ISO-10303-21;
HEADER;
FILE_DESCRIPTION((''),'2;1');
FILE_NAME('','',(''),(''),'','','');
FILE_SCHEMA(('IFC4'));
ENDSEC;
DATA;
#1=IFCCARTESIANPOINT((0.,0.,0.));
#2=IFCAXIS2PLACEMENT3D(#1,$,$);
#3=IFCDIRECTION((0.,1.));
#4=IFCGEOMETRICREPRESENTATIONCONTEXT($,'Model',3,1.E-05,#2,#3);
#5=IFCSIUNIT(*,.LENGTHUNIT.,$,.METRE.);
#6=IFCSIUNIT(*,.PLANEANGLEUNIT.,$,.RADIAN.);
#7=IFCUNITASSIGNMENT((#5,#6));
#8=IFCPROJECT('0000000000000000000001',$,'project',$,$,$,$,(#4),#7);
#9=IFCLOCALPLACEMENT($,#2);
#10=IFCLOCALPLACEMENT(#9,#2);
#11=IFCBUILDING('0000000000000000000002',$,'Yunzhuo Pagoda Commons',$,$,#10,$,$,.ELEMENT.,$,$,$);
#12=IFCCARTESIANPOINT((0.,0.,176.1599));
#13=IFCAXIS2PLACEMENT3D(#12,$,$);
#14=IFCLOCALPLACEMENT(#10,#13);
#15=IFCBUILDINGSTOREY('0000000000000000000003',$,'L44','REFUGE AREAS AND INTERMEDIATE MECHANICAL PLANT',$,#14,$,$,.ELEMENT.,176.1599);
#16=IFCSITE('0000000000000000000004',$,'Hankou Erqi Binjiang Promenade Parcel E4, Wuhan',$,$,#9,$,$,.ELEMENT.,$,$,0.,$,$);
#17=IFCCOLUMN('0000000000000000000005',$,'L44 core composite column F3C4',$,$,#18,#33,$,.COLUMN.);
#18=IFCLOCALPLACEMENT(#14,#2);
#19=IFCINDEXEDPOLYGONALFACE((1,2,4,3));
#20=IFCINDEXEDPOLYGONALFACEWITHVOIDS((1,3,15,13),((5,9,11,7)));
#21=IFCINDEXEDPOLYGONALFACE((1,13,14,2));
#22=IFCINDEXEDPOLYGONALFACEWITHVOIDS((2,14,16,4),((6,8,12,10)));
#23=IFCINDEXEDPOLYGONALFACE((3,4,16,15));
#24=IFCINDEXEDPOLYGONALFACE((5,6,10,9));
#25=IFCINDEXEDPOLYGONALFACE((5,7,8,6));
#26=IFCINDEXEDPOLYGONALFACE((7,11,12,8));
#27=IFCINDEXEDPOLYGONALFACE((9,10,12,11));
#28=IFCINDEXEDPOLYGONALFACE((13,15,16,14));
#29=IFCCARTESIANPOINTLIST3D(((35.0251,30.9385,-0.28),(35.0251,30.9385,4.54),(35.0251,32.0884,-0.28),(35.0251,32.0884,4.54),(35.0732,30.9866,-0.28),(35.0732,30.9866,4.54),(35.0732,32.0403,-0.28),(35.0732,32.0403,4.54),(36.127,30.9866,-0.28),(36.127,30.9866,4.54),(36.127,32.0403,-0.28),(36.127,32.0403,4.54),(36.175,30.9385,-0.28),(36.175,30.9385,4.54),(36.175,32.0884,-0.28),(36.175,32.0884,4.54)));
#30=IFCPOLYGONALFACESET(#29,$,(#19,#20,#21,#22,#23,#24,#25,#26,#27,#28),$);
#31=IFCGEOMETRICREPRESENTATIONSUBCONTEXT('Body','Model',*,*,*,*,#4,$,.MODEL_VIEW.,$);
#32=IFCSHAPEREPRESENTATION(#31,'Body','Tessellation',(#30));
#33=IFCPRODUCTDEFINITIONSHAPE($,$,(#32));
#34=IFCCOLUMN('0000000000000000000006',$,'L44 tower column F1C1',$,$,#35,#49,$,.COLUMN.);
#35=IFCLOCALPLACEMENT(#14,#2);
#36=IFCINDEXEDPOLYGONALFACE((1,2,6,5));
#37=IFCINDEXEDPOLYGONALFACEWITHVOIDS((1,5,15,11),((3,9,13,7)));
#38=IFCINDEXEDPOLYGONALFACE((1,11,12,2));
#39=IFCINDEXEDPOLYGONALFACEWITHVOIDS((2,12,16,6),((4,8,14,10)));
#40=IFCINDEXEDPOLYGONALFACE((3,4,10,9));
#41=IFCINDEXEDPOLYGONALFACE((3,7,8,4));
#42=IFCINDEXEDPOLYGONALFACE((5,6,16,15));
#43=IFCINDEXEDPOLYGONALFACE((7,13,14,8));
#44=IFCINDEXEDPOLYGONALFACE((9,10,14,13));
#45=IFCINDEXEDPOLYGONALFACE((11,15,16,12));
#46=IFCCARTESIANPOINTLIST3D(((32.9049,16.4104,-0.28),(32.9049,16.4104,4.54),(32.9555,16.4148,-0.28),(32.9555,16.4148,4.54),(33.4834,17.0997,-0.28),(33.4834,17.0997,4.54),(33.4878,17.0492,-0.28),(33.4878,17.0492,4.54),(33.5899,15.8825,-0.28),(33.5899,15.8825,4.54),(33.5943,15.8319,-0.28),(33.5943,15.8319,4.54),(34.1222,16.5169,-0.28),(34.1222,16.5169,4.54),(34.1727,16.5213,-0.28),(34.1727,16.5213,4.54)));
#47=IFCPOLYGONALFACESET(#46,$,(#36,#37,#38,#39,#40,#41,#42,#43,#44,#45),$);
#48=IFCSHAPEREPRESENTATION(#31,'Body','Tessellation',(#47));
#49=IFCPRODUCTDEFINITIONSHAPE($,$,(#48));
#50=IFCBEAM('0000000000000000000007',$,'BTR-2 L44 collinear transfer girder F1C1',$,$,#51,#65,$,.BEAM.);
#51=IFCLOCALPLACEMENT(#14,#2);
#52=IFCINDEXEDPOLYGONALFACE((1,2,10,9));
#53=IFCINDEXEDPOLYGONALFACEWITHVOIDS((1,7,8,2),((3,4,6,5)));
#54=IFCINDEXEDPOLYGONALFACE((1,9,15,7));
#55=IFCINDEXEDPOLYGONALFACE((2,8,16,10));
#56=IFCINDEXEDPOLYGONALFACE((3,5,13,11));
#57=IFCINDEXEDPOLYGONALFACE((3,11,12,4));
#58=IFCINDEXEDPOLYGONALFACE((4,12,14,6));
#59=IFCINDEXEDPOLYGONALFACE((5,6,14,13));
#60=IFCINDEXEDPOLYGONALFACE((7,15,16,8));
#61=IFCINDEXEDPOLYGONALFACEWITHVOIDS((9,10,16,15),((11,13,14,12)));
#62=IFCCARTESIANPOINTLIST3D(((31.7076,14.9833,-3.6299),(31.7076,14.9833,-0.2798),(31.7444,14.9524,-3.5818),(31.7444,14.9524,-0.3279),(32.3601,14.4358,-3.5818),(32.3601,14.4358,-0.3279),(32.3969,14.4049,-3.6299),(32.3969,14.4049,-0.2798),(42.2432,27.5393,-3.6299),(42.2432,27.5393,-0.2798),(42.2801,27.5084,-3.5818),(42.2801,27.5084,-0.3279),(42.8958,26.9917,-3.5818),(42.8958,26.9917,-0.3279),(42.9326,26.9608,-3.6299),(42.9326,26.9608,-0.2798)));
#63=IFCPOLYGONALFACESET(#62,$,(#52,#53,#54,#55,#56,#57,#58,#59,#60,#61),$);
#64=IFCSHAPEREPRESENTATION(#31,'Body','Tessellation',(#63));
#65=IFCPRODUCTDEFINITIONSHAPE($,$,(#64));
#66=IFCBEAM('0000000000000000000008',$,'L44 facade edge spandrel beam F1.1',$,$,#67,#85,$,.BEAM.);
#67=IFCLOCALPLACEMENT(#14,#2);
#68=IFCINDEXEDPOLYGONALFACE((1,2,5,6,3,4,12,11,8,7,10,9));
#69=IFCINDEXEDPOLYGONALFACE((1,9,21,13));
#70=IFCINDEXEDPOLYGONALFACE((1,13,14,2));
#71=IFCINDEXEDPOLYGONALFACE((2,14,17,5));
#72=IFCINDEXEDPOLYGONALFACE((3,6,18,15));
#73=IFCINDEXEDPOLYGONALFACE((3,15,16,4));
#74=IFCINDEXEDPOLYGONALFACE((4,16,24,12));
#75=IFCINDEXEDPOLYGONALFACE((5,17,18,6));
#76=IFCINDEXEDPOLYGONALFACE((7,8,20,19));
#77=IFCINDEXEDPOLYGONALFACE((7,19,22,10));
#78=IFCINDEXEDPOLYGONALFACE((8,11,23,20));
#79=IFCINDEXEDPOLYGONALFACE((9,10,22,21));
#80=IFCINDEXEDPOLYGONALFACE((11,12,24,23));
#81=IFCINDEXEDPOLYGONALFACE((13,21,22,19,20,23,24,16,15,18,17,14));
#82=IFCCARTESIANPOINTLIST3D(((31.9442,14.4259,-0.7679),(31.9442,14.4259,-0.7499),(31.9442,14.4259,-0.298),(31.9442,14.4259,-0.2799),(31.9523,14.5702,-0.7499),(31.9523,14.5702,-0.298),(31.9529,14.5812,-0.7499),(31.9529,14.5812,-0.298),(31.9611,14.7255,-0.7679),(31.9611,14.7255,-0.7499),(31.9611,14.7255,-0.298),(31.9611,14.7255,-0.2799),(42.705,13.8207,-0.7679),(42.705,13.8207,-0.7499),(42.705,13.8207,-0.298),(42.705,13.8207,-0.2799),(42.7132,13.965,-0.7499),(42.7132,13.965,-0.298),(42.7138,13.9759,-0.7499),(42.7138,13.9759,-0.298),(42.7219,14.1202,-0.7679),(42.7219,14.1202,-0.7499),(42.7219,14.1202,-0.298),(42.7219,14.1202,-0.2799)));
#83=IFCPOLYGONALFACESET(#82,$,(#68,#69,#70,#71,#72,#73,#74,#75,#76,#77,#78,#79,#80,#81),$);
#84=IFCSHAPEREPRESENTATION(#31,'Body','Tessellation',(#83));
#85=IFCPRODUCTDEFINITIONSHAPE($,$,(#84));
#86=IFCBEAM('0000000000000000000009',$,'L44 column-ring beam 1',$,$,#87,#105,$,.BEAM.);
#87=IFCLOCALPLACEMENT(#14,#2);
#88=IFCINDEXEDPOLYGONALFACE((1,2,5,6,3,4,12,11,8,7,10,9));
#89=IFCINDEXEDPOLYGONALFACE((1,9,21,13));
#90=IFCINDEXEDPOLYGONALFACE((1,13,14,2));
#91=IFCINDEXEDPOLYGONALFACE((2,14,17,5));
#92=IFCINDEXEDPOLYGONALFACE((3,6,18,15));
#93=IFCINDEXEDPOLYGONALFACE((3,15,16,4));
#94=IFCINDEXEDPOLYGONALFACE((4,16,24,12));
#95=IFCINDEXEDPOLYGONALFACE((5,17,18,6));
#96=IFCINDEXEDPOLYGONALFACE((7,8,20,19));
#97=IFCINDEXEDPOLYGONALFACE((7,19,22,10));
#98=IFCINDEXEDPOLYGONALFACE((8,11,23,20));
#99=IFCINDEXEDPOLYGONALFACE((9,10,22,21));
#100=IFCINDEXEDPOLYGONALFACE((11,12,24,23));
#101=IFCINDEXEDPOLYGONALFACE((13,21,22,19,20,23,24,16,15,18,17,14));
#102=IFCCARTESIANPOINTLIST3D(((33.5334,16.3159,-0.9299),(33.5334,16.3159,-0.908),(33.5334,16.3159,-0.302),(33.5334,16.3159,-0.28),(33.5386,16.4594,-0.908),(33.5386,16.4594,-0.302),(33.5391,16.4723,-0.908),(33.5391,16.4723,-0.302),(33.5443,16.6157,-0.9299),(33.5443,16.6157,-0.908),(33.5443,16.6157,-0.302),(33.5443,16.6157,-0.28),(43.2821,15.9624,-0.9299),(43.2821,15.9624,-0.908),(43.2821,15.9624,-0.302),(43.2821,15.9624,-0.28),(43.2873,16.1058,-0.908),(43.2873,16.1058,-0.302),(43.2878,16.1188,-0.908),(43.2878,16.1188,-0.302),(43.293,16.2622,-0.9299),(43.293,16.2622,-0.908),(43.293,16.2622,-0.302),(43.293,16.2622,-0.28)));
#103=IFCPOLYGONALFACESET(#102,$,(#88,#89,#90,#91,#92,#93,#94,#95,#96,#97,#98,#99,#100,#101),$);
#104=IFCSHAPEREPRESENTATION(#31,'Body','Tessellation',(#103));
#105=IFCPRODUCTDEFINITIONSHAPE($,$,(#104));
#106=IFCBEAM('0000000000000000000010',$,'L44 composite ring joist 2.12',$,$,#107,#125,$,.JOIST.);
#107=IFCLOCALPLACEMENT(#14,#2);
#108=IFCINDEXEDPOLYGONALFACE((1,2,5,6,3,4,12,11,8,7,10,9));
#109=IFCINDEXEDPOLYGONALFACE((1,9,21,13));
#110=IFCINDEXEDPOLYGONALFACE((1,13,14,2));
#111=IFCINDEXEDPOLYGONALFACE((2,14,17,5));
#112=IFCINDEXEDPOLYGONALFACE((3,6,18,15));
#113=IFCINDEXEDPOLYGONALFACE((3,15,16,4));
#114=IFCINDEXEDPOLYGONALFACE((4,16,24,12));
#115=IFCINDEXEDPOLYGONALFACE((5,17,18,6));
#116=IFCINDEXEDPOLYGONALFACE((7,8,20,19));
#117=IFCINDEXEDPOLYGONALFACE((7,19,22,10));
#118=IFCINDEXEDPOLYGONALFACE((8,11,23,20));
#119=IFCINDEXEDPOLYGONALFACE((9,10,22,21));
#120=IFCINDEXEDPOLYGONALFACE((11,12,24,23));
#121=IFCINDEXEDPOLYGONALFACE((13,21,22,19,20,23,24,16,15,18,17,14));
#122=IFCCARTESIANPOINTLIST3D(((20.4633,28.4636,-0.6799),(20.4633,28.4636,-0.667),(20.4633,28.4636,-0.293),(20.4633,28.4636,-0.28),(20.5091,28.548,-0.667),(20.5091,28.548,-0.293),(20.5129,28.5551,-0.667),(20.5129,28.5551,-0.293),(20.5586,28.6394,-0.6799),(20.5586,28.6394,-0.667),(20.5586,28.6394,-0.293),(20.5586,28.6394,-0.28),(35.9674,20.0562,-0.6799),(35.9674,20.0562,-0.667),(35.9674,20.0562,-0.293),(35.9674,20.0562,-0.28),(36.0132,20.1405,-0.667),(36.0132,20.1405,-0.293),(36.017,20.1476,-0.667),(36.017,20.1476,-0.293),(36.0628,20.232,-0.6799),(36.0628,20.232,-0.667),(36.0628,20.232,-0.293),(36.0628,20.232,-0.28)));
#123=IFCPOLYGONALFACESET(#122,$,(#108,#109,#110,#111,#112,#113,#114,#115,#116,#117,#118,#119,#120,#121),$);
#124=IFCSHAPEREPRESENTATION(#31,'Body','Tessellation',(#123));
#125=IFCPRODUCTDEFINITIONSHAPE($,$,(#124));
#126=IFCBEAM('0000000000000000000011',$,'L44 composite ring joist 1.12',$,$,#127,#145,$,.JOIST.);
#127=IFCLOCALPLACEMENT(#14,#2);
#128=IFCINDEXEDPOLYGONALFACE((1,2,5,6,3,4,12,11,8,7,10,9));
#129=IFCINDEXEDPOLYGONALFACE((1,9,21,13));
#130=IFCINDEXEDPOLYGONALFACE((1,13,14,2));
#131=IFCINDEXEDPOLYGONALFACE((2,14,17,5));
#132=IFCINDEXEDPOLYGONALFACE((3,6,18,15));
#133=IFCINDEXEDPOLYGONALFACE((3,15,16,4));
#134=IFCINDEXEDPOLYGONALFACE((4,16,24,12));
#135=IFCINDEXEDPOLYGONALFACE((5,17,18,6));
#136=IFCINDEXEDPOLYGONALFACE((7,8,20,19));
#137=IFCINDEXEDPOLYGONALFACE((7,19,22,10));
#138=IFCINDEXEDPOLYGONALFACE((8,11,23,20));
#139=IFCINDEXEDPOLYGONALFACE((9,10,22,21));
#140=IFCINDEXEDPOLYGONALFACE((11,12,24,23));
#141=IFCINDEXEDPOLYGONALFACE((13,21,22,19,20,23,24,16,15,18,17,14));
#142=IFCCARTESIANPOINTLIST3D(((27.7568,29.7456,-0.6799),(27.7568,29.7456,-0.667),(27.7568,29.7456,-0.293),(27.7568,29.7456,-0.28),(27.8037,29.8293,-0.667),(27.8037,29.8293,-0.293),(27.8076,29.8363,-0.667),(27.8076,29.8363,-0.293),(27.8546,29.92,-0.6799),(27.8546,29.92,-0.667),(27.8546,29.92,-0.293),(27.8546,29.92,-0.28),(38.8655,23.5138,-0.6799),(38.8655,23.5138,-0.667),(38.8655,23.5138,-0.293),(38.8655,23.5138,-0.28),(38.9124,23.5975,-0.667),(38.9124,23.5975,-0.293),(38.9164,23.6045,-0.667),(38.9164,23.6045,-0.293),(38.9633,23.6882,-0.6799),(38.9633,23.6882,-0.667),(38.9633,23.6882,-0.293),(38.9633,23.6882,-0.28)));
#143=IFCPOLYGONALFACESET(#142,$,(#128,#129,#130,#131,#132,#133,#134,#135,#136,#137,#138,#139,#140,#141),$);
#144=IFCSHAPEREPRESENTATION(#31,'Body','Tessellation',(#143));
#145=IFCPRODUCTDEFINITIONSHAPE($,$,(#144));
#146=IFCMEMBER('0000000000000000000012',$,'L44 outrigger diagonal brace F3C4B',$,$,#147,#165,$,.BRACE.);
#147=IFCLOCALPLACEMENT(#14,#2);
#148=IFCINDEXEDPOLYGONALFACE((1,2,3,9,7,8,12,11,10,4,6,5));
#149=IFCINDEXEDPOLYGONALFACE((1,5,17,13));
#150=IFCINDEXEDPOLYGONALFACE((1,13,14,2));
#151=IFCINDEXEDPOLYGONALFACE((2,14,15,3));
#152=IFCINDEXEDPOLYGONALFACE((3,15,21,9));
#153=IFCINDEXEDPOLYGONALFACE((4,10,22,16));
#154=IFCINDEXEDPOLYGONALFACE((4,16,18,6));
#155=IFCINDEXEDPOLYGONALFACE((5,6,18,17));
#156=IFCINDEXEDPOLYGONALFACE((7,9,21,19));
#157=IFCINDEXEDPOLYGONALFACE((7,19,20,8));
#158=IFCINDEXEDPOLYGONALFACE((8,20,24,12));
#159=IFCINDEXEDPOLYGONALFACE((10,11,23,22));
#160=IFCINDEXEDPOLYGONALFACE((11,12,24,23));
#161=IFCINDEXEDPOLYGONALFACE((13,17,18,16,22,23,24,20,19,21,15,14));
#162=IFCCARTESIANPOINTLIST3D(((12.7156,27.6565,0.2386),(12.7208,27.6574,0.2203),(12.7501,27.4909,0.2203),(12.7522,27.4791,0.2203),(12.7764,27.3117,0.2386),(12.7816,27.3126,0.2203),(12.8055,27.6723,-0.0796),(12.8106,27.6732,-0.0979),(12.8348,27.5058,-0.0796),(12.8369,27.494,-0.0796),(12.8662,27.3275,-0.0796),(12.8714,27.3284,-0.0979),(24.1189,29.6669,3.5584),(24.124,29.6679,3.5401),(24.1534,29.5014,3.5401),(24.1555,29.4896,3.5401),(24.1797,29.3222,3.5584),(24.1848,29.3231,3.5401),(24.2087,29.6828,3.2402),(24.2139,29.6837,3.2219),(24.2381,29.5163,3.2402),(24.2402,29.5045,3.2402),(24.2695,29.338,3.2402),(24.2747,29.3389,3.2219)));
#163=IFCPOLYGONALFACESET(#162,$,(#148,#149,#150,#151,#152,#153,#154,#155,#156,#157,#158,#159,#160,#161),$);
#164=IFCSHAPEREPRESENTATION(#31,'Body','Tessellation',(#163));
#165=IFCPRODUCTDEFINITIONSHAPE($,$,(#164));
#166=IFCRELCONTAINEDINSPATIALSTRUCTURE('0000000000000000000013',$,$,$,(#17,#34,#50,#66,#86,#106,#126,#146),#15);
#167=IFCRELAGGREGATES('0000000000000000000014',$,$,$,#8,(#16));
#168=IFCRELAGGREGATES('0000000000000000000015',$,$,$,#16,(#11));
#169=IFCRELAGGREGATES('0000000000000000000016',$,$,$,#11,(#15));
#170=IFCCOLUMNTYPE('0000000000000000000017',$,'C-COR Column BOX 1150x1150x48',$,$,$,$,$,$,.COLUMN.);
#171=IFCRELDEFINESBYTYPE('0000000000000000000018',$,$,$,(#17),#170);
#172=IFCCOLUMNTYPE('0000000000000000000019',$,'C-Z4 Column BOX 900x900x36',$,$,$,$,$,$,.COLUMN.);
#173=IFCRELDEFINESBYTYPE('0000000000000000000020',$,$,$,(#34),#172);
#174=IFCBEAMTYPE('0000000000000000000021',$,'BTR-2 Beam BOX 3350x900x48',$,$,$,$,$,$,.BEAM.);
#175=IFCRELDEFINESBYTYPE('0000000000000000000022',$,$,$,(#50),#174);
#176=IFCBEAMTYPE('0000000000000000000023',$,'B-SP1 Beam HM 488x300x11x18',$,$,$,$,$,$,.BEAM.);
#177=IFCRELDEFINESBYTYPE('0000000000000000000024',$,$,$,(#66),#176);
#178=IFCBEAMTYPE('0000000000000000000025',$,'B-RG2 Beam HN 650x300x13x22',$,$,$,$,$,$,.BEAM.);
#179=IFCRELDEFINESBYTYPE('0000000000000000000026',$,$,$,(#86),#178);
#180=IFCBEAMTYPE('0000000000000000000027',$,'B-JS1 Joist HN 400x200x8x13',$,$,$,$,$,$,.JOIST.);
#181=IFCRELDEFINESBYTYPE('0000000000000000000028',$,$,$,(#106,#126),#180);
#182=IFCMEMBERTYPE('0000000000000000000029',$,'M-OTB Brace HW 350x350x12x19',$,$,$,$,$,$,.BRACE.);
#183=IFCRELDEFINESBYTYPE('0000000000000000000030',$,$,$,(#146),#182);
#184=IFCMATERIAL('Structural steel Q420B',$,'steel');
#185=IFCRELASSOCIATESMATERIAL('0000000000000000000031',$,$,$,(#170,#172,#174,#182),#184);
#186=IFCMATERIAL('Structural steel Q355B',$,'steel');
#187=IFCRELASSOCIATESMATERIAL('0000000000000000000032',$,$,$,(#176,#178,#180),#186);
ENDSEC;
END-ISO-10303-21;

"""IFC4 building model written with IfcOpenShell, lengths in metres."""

from ifc_helpers import new_model, si_unit, direction, frame, origin, origin_2d, place, context, subcontext, project, spatial, hollow_rectangle, i_section, extrude, source, transform, mapped, material, material_profile, profile_set, type_object, element, save


model = new_model("IFC4")

# Units and contexts
model_context = context("Model", 3, precision=1e-05, world=origin(), true_north=direction((0.0, 1.0)))
body_context = subcontext(model_context, "Body", "Model", "MODEL_VIEW")
ifc_project = project(units=[si_unit("LENGTHUNIT", "METRE"), si_unit("PLANEANGLEUNIT", "RADIAN")], contexts=[model_context])

# Site, building, storey
site_placement = place(None, origin())
site = spatial("IfcSite", under=ifc_project, at=site_placement, Name="Hankou Erqi Binjiang Promenade Parcel E4, Wuhan", CompositionType="ELEMENT", RefElevation=0.0)
building_placement = place(site_placement, origin())
building = spatial("IfcBuilding", under=site, at=building_placement, Name="Yunzhuo Pagoda Commons", CompositionType="ELEMENT")
storey_placement = place(building_placement, frame((0.0, 0.0, 176.1599)))
storey = spatial("IfcBuildingStorey", under=building, at=storey_placement, Name="L44", Description="REFUGE AREAS AND INTERMEDIATE MECHANICAL PLANT", CompositionType="ELEMENT", Elevation=176.1599)

# Columns
ifc_material_1 = material(Name="Structural steel Q420B", Category="steel")
ifc_material_profile_1 = material_profile(ifc_material_1, hollow_rectangle(XDim=1.1499, YDim=1.1499, WallThickness=0.0481, at=origin_2d()), Name="Structural steel Q420B")
ifc_profile_set_1 = profile_set([ifc_material_profile_1], Name="Structural steel Q420B")
column_type_1 = type_object("IfcColumnType", Name="C-COR Column BOX 1150x1150x48", PredefinedType="COLUMN", material=ifc_profile_set_1)
shared_shape_1 = source(origin(), body_context, "Body", "SweptSolid", [
    extrude(hollow_rectangle(XDim=1.1499, YDim=1.1499, WallThickness=0.0481, at=origin_2d()), origin(), (0.0, 0.0, 1.0), 4.8201),
])
column_1_placement = place(storey_placement, frame((35.6001, 31.5134, -0.28), z_axis=(0.0, 0.0, 1.0), x_axis=(1.0, 0.0, 0.0)))
element("IfcColumn", 1, at=column_1_placement, inside=storey, type_object=column_type_1, Name="L44 core composite column F3C4", PredefinedType="COLUMN", context=body_context, shape_type="MappedRepresentation", body=[
    mapped(shared_shape_1, transform((0.0, 0.0, 0.0), scale=1.0)),
])
ifc_material_profile_2 = material_profile(ifc_material_1, hollow_rectangle(XDim=0.8999, YDim=0.8999, WallThickness=0.0359, at=origin_2d()), Name="Structural steel Q420B")
ifc_profile_set_2 = profile_set([ifc_material_profile_2], Name="Structural steel Q420B")
column_type_2 = type_object("IfcColumnType", Name="C-Z4 Column BOX 900x900x36", PredefinedType="COLUMN", material=ifc_profile_set_2)
shared_shape_2 = source(origin(), body_context, "Body", "SweptSolid", [
    extrude(hollow_rectangle(XDim=0.8999, YDim=0.8999, WallThickness=0.0359, at=origin_2d()), origin(), (0.0, 0.0, 1.0), 4.8201),
])
column_2_placement = place(storey_placement, frame((33.5388, 16.4658, -0.28), z_axis=(0.0, 0.0, 1.0), x_axis=(0.766044, -0.642788, 0.0)))
element("IfcColumn", 2, at=column_2_placement, inside=storey, type_object=column_type_2, Name="L44 tower column F1C1", PredefinedType="COLUMN", context=body_context, shape_type="MappedRepresentation", body=[
    mapped(shared_shape_2, transform((0.0, 0.0, 0.0), scale=1.0)),
])

# Beams
ifc_material_profile_3 = material_profile(ifc_material_1, hollow_rectangle(XDim=0.8999, YDim=3.3501, WallThickness=0.0481, at=origin_2d()), Name="Structural steel Q420B")
ifc_profile_set_3 = profile_set([ifc_material_profile_3], Name="Structural steel Q420B")
beam_type_1 = type_object("IfcBeamType", Name="BTR-2 Beam BOX 3350x900x48", PredefinedType="BEAM", material=ifc_profile_set_3)
shared_shape_3 = source(origin(), body_context, "Body", "SweptSolid", [
    extrude(hollow_rectangle(XDim=0.8999, YDim=3.3501, WallThickness=0.0481, at=origin_2d()), origin(), (0.0, 0.0, 1.0), 16.3906),
])
beam_1_placement = place(storey_placement, frame((32.0522, 14.6941, -1.9548), z_axis=(0.642787, 0.766045, 0.0), x_axis=(-0.766045, 0.642787, 0.0)))
element("IfcBeam", 3, at=beam_1_placement, inside=storey, type_object=beam_type_1, Name="BTR-2 L44 collinear transfer girder F1C1", PredefinedType="BEAM", context=body_context, shape_type="MappedRepresentation", body=[
    mapped(shared_shape_3, transform((0.0, 0.0, 0.0), scale=1.0)),
])
ifc_material_2 = material(Name="Structural steel Q355B", Category="steel")
ifc_material_profile_4 = material_profile(ifc_material_2, i_section(OverallWidth=0.3, OverallDepth=0.488, WebThickness=0.011, FlangeThickness=0.0181, at=origin_2d()), Name="Structural steel Q355B")
ifc_profile_set_4 = profile_set([ifc_material_profile_4], Name="Structural steel Q355B")
beam_type_2 = type_object("IfcBeamType", Name="B-SP1 Beam HM 488x300x11x18", PredefinedType="BEAM", material=ifc_profile_set_4)
shared_shape_4 = source(origin(), body_context, "Body", "SweptSolid", [
    extrude(i_section(OverallWidth=0.3, OverallDepth=0.488, WebThickness=0.011, FlangeThickness=0.0181, at=origin_2d()), origin(), (0.0, 0.0, 1.0), 10.7778),
])
beam_2_placement = place(storey_placement, frame((31.9526, 14.5757, -0.5239), z_axis=(0.998422, -0.056155, 0.0), x_axis=(0.056155, 0.998422, 0.0)))
element("IfcBeam", 4, at=beam_2_placement, inside=storey, type_object=beam_type_2, Name="L44 facade edge spandrel beam F1.1", PredefinedType="BEAM", context=body_context, shape_type="MappedRepresentation", body=[
    mapped(shared_shape_4, transform((0.0, 0.0, 0.0), scale=1.0)),
])
ifc_material_profile_5 = material_profile(ifc_material_2, i_section(OverallWidth=0.3, OverallDepth=0.6499, WebThickness=0.0129, FlangeThickness=0.022, at=origin_2d()), Name="Structural steel Q355B")
ifc_profile_set_5 = profile_set([ifc_material_profile_5], Name="Structural steel Q355B")
beam_type_3 = type_object("IfcBeamType", Name="B-RG2 Beam HN 650x300x13x22", PredefinedType="BEAM", material=ifc_profile_set_5)
shared_shape_5 = source(origin(), body_context, "Body", "SweptSolid", [
    extrude(i_section(OverallWidth=0.3, OverallDepth=0.6499, WebThickness=0.0129, FlangeThickness=0.022, at=origin_2d()), origin(), (0.0, 0.0, 1.0), 9.7551),
])
beam_3_placement = place(storey_placement, frame((33.5388, 16.4658, -0.605), z_axis=(0.999343, -0.036239, 0.0), x_axis=(0.036239, 0.999343, 0.0)))
element("IfcBeam", 5, at=beam_3_placement, inside=storey, type_object=beam_type_3, Name="L44 column-ring beam 1", PredefinedType="BEAM", context=body_context, shape_type="MappedRepresentation", body=[
    mapped(shared_shape_5, transform((0.0, 0.0, 0.0), scale=1.0)),
])
ifc_material_profile_6 = material_profile(ifc_material_2, i_section(OverallWidth=0.2, OverallDepth=0.3999, WebThickness=0.0081, FlangeThickness=0.0129, at=origin_2d()), Name="Structural steel Q355B")
ifc_profile_set_6 = profile_set([ifc_material_profile_6], Name="Structural steel Q355B")
beam_type_4 = type_object("IfcBeamType", Name="B-JS1 Joist HN 400x200x8x13", PredefinedType="JOIST", material=ifc_profile_set_6)
shared_shape_6 = source(origin(), body_context, "Body", "SweptSolid", [
    extrude(i_section(OverallWidth=0.2, OverallDepth=0.3999, WebThickness=0.0081, FlangeThickness=0.0129, at=origin_2d()), origin(), (0.0, 0.0, 1.0), 17.637),
])
beam_4_placement = place(storey_placement, frame((20.511, 28.5515, -0.48), z_axis=(0.879069, -0.476695, 0.0), x_axis=(0.476695, 0.879069, 0.0)))
element("IfcBeam", 6, at=beam_4_placement, inside=storey, type_object=beam_type_4, Name="L44 composite ring joist 2.12", PredefinedType="JOIST", context=body_context, shape_type="MappedRepresentation", body=[
    mapped(shared_shape_6, transform((0.0, 0.0, 0.0), scale=1.0)),
])
shared_shape_7 = source(origin(), body_context, "Body", "SweptSolid", [
    extrude(i_section(OverallWidth=0.2, OverallDepth=0.3999, WebThickness=0.0081, FlangeThickness=0.0129, at=origin_2d()), origin(), (0.0, 0.0, 1.0), 12.7373),
])
beam_5_placement = place(storey_placement, frame((27.8057, 29.8328, -0.48), z_axis=(0.872143, -0.489252, 0.0), x_axis=(0.489252, 0.872143, 0.0)))
element("IfcBeam", 7, at=beam_5_placement, inside=storey, type_object=beam_type_4, Name="L44 composite ring joist 1.12", PredefinedType="JOIST", context=body_context, shape_type="MappedRepresentation", body=[
    mapped(shared_shape_7, transform((0.0, 0.0, 0.0), scale=1.0)),
])

# Member
ifc_material_profile_7 = material_profile(ifc_material_1, i_section(OverallWidth=0.3501, OverallDepth=0.3501, WebThickness=0.012, FlangeThickness=0.019, at=origin_2d()), Name="Structural steel Q420B")
ifc_profile_set_7 = profile_set([ifc_material_profile_7], Name="Structural steel Q420B")
member_type_1 = type_object("IfcMemberType", Name="M-OTB Brace HW 350x350x12x19", PredefinedType="BRACE", material=ifc_profile_set_7)
shared_shape_8 = source(origin(), body_context, "Body", "SweptSolid", [
    extrude(i_section(OverallWidth=0.3501, OverallDepth=0.3501, WebThickness=0.012, FlangeThickness=0.019, at=origin_2d()), origin(), (0.0, 0.0, 1.0), 12.0457),
])
member_1_placement = place(storey_placement, frame((24.1968, 29.5029, 3.3901), z_axis=(-0.946671, -0.166906, -0.275602), x_axis=(0.17363, -0.984811, 0.0)))
element("IfcMember", 8, at=member_1_placement, inside=storey, type_object=member_type_1, Name="L44 outrigger diagonal brace F3C4B", PredefinedType="BRACE", context=body_context, shape_type="MappedRepresentation", body=[
    mapped(shared_shape_8, transform((0.0, 0.0, 0.0), scale=1.0)),
])

save(model, "model.ifc")
